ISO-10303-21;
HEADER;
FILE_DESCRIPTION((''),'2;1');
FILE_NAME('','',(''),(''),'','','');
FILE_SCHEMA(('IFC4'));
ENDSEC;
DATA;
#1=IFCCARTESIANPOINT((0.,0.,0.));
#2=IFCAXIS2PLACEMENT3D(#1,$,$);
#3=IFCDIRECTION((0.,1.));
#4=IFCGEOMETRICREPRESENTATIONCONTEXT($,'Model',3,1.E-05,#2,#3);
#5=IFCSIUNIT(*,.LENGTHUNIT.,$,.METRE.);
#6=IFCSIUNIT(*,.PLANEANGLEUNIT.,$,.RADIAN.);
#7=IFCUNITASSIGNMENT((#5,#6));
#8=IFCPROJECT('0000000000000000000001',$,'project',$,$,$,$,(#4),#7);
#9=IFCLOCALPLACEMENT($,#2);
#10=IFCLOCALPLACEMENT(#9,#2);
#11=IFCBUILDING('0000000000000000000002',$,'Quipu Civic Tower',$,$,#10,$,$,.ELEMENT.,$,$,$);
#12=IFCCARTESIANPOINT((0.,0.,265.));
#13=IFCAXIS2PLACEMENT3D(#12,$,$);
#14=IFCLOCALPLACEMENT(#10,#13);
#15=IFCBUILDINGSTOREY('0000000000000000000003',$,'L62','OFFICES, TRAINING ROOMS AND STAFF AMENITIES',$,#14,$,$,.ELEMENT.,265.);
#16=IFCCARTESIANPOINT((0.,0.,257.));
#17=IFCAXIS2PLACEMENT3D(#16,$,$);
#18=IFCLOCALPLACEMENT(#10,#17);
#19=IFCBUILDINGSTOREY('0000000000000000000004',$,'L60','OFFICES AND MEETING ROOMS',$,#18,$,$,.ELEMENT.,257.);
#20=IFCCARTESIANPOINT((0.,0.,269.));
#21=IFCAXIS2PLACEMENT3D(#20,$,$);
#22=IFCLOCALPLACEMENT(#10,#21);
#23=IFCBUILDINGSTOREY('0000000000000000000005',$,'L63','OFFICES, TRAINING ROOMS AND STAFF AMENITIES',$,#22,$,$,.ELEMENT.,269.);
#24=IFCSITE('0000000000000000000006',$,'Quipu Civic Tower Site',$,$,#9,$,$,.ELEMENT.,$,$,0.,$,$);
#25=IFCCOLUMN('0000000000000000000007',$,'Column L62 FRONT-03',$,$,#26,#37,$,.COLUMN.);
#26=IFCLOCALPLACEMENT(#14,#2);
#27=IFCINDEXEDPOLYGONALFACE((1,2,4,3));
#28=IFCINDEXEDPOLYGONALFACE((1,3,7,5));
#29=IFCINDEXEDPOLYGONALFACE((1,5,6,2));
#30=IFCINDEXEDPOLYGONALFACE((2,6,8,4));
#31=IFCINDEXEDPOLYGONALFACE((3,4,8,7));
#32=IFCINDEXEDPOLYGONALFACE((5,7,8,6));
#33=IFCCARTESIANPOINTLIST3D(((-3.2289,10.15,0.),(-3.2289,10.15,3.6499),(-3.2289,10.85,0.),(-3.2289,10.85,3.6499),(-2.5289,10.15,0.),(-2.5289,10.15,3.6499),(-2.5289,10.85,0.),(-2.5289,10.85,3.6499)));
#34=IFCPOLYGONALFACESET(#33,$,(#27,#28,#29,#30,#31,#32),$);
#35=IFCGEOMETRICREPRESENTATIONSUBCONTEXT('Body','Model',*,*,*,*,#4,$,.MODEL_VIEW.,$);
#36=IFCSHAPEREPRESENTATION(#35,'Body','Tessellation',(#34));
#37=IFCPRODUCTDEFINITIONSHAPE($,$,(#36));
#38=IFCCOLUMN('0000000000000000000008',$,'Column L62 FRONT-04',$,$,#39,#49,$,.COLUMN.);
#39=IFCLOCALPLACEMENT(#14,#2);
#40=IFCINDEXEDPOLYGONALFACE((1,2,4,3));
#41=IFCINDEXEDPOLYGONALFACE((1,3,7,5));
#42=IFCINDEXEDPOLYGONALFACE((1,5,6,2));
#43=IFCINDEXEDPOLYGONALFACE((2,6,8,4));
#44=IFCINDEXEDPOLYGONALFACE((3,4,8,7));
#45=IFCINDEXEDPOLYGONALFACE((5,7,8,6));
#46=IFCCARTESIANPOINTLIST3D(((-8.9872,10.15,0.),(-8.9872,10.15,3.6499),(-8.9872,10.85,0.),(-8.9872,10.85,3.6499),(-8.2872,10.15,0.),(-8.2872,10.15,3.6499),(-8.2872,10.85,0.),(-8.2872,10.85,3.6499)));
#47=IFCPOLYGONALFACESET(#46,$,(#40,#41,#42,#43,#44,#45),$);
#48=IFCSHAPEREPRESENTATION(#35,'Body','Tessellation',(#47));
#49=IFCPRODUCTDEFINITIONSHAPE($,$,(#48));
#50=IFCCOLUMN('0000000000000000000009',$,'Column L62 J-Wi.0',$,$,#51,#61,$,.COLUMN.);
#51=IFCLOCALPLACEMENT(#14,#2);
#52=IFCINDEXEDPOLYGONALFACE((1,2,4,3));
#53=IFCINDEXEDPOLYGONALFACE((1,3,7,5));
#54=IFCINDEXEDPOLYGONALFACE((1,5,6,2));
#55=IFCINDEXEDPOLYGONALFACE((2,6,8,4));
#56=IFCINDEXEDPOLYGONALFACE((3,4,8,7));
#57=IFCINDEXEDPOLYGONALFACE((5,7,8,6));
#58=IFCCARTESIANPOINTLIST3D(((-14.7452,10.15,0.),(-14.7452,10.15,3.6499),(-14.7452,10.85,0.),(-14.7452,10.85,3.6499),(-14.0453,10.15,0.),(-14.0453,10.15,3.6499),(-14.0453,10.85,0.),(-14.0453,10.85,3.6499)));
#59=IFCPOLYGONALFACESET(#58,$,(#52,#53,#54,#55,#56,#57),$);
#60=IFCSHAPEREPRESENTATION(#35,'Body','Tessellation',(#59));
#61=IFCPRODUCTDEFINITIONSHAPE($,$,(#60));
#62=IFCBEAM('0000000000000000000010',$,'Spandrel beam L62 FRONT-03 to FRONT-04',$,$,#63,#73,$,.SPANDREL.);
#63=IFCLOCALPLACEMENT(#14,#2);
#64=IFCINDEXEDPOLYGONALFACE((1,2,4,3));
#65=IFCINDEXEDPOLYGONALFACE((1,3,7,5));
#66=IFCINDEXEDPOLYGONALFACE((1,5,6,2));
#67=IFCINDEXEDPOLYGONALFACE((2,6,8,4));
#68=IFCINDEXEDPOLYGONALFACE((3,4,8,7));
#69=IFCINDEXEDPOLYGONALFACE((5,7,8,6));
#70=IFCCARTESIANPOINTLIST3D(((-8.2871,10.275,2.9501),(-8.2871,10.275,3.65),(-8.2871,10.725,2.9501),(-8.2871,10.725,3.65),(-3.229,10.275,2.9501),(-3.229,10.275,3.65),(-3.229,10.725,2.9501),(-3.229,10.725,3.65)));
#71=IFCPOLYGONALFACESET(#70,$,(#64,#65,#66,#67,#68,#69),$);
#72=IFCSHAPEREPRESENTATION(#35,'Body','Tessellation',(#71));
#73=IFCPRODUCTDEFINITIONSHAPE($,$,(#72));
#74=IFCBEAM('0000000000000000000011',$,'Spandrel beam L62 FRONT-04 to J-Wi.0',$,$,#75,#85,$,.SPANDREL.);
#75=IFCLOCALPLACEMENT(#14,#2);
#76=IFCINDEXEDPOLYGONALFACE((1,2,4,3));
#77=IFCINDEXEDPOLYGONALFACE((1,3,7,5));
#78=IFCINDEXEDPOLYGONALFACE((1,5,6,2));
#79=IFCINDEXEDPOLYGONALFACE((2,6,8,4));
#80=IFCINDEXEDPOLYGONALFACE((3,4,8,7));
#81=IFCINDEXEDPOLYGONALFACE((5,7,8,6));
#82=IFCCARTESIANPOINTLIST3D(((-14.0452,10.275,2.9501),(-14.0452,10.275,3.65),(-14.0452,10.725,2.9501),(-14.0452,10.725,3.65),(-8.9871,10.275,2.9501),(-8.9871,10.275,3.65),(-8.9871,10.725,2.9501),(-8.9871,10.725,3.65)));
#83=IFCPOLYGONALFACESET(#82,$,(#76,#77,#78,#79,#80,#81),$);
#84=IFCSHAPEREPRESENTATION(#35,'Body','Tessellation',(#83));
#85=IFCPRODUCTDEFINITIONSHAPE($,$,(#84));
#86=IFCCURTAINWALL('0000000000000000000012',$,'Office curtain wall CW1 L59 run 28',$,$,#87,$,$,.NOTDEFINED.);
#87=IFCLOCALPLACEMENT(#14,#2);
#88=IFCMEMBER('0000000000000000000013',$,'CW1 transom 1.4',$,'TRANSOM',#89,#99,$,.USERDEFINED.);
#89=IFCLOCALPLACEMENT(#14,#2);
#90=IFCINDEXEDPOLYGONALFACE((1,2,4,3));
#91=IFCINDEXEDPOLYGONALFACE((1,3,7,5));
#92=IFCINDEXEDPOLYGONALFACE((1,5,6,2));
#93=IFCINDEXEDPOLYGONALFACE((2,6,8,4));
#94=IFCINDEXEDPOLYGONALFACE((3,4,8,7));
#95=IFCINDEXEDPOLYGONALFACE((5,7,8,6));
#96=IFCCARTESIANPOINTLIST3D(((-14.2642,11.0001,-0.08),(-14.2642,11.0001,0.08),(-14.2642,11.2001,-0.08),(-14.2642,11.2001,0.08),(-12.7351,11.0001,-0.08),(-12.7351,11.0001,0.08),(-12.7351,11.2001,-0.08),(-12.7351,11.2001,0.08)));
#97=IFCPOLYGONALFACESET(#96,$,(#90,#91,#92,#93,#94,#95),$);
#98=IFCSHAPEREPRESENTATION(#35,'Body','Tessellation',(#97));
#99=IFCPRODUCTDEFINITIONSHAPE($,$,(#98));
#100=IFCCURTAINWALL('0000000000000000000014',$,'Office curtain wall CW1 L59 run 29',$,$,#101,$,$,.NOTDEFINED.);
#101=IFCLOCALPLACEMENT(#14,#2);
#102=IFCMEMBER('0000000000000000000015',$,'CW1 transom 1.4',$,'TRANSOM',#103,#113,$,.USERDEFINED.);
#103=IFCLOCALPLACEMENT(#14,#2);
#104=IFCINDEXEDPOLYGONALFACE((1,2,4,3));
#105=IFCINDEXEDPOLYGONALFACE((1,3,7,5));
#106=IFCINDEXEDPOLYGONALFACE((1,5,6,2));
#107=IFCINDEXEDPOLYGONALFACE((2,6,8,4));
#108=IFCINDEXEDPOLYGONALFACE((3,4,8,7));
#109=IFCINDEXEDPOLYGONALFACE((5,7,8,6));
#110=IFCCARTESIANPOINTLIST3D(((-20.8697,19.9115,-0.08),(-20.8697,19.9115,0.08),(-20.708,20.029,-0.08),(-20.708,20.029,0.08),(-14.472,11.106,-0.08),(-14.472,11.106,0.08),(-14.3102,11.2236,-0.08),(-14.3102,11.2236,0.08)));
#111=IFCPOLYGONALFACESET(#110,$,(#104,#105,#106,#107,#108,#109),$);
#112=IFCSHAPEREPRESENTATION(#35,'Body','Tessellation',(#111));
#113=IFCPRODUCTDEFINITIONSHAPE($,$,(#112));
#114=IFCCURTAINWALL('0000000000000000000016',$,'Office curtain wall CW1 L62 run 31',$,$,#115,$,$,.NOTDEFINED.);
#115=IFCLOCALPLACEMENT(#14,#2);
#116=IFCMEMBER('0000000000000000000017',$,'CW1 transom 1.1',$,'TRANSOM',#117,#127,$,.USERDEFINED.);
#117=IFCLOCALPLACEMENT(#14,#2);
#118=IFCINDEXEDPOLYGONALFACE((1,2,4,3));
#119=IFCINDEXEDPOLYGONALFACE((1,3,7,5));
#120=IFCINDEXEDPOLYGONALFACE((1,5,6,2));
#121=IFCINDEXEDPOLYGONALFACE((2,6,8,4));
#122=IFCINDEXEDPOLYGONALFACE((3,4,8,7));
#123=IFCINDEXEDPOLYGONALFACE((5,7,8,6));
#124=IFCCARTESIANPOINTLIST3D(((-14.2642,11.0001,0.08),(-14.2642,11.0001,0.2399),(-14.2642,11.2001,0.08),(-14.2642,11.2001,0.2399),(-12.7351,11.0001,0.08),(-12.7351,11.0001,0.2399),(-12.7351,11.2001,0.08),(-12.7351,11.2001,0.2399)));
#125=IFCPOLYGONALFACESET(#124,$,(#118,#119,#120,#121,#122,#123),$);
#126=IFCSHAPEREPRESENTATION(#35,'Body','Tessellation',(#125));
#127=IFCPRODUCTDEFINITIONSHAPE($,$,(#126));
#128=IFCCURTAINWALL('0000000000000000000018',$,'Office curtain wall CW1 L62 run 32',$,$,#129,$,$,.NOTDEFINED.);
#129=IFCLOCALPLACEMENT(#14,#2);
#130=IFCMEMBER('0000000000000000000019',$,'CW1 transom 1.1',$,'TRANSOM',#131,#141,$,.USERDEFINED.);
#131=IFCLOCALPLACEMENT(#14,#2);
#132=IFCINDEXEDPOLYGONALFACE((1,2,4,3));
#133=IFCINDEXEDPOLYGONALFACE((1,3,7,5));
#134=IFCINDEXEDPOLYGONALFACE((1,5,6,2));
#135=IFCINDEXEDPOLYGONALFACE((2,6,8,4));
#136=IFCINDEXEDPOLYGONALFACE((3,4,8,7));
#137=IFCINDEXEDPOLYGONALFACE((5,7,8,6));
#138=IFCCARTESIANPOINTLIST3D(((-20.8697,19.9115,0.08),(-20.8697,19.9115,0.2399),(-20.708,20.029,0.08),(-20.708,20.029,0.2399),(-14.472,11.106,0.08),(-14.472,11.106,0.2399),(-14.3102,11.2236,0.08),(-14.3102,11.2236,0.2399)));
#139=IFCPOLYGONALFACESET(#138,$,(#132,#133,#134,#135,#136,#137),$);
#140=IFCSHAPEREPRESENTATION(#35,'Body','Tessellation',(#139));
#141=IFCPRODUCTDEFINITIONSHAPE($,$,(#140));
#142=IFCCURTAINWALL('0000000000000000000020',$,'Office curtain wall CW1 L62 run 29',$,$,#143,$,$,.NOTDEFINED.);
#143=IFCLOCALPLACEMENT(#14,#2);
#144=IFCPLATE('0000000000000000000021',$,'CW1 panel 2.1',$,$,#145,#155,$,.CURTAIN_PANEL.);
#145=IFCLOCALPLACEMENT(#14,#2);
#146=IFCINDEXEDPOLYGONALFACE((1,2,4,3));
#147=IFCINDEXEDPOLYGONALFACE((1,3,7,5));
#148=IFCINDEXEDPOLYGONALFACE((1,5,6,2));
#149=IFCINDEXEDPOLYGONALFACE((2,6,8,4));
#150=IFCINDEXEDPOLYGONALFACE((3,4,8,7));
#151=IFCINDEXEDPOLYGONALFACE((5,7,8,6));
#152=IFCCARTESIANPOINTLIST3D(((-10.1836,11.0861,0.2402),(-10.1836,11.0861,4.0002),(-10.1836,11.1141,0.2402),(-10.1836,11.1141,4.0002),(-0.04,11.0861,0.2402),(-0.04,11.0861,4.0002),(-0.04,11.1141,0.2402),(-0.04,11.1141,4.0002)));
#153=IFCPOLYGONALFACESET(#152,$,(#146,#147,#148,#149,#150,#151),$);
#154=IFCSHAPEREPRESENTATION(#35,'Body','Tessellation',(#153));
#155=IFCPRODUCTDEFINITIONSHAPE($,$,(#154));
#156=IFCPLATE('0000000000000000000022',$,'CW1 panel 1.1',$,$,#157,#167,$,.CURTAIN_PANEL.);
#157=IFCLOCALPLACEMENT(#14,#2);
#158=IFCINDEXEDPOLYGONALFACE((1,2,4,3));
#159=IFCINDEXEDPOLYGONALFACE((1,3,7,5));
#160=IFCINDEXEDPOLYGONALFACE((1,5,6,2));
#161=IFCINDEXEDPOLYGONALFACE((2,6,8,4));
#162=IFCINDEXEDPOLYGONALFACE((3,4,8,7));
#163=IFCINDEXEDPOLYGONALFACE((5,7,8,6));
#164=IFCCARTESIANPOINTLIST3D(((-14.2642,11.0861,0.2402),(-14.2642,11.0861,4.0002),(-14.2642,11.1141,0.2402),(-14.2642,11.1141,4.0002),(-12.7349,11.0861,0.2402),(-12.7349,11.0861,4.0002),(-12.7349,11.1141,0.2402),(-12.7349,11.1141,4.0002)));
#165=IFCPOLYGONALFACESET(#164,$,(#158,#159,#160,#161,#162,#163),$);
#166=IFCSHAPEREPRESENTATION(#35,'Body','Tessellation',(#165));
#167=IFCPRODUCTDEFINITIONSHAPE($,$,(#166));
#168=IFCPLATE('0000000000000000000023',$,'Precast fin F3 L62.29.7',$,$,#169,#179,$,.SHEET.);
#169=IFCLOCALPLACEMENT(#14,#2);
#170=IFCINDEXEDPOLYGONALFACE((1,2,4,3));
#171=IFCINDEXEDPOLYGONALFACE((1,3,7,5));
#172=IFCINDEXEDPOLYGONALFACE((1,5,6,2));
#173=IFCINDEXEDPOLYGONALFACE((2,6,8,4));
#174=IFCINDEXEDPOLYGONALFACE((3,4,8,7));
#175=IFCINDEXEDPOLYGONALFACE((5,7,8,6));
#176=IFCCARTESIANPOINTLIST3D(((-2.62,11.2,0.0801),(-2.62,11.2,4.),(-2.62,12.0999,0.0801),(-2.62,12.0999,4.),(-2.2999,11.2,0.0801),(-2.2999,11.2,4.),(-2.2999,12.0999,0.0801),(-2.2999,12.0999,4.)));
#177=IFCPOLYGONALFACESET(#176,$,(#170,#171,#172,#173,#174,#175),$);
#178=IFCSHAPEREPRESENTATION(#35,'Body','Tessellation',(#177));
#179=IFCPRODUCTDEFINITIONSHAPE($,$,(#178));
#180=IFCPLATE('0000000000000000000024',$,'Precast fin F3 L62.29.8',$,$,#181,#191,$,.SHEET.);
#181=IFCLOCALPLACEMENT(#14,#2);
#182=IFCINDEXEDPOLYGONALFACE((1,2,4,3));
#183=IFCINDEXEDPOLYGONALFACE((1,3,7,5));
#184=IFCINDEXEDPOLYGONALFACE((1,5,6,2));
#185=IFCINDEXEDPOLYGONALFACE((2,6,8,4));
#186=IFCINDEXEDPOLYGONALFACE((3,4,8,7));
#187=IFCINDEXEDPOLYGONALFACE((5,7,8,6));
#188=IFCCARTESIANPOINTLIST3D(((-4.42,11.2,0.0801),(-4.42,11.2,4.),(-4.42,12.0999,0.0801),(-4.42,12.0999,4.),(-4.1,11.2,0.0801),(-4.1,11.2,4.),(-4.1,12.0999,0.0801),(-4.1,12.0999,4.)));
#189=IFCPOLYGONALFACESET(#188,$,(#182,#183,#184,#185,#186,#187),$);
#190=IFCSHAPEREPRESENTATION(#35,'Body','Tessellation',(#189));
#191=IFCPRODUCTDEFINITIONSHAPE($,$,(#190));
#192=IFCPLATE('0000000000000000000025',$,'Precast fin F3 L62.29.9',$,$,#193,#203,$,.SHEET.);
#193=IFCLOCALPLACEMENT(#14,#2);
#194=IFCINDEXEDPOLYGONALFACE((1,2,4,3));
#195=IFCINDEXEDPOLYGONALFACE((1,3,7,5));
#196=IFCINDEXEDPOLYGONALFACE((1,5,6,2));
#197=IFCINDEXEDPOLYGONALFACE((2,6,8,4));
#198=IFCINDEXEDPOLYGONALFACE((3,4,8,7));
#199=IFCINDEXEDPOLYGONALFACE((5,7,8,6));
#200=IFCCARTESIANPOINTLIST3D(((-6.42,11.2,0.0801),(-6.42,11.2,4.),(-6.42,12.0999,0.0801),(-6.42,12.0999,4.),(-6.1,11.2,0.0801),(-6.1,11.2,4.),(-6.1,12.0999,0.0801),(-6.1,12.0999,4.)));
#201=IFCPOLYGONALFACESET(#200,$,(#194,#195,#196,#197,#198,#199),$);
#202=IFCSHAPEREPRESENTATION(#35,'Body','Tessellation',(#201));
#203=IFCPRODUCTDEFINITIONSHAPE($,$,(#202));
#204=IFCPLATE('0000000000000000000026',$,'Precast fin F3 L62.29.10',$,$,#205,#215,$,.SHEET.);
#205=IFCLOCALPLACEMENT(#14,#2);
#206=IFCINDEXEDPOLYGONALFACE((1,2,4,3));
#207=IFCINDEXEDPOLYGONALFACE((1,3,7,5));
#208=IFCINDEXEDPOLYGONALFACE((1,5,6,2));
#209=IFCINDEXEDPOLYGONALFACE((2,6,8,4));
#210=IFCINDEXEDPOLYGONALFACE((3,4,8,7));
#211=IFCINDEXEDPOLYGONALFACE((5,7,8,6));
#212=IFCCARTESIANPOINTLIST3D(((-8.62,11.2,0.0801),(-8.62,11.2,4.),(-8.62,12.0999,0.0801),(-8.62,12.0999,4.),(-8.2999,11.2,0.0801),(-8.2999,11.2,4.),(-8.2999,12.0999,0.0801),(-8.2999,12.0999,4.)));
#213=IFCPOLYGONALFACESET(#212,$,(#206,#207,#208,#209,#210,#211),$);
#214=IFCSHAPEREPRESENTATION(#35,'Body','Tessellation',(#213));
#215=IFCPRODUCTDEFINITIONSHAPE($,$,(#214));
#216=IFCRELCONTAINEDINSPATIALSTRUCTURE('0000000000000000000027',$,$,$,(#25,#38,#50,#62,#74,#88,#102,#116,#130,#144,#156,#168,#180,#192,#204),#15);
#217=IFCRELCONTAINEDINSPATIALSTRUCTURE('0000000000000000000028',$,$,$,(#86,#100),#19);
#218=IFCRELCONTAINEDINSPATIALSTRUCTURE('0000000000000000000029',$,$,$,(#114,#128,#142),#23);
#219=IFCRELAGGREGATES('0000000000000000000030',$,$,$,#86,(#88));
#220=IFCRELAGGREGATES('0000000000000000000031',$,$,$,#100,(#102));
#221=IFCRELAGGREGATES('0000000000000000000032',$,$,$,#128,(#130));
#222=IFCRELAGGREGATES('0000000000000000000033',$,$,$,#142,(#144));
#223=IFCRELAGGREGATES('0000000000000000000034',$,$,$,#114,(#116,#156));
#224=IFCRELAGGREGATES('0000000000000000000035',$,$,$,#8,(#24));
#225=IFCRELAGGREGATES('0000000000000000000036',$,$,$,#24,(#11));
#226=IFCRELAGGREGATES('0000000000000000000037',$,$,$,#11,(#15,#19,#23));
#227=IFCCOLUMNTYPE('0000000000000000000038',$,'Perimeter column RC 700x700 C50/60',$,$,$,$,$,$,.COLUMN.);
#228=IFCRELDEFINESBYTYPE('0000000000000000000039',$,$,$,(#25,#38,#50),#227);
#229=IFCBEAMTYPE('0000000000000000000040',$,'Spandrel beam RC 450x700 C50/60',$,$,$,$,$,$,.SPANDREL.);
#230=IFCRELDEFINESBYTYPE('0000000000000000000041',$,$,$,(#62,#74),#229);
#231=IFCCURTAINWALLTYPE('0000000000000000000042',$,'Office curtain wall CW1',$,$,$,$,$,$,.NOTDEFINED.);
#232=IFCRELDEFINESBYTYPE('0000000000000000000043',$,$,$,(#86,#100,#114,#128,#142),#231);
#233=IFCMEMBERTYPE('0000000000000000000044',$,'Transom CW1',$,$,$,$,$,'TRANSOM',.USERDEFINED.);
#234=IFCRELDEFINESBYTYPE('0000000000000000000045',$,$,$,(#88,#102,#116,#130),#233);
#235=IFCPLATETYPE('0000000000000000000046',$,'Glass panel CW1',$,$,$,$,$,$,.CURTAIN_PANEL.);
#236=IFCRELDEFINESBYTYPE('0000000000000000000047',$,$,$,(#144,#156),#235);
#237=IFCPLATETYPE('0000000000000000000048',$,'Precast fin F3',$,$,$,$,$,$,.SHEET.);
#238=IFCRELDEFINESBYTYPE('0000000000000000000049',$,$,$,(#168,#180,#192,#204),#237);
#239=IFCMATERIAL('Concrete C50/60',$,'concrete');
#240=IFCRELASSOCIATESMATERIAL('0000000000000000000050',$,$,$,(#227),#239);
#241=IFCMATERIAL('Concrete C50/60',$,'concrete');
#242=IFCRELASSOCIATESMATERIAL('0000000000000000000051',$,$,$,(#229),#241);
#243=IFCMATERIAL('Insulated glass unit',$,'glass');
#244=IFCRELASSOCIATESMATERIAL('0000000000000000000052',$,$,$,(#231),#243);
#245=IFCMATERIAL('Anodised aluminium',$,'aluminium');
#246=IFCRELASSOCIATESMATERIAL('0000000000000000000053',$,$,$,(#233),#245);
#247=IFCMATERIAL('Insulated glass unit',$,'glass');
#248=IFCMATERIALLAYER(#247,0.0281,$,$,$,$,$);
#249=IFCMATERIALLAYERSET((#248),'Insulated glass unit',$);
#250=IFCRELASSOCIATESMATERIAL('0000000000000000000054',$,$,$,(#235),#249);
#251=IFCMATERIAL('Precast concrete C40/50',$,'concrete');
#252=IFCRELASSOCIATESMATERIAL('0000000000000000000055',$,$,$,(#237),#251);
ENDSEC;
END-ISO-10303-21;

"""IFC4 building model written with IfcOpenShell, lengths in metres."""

from ifc_helpers import new_model, si_unit, direction, frame, origin, origin_2d, place, context, subcontext, project, spatial, rectangle, extrude, material, layer, layer_set, material_profile, profile_set, type_object, element, aggregate, save


model = new_model("IFC4")

# Units and contexts
model_context = context("Model", 3, precision=1e-05, world=origin(), true_north=direction((0.0, 1.0)))
body_context = subcontext(model_context, "Body", "Model", "MODEL_VIEW")
ifc_project = project(units=[si_unit("LENGTHUNIT", "METRE"), si_unit("PLANEANGLEUNIT", "RADIAN")], contexts=[model_context])

# Site, building, storey
site_placement = place(None, origin())
site = spatial("IfcSite", under=ifc_project, at=site_placement, Name="Quipu Civic Tower Site", CompositionType="ELEMENT", RefElevation=0.0)
building_placement = place(site_placement, origin())
building = spatial("IfcBuilding", under=site, at=building_placement, Name="Quipu Civic Tower", CompositionType="ELEMENT")
storey_1_placement = place(building_placement, frame((0.0, 0.0, 265.0)))
storey_1 = spatial("IfcBuildingStorey", under=building, at=storey_1_placement, Name="L62", Description="OFFICES, TRAINING ROOMS AND STAFF AMENITIES", CompositionType="ELEMENT", Elevation=265.0)

# Columns
ifc_material_1 = material(Name="Concrete C50/60", Category="concrete")
ifc_material_profile_1 = material_profile(ifc_material_1, rectangle(XDim=0.7, YDim=0.7, at=origin_2d()), Name="RC700x700")
ifc_profile_set_1 = profile_set([ifc_material_profile_1], Name="Concrete C50/60")
column_type = type_object("IfcColumnType", Name="Perimeter column RC 700x700 C50/60", PredefinedType="COLUMN", material=ifc_profile_set_1)
for number, where, z_axis, x_axis, name in (
    (1, (-2.8789, 10.5, 0.0), (0.0, 0.0, 1.0), (-1.0, 0.0, 0.0), "Column L62 FRONT-03"),
    (2, (-8.6372, 10.5, 0.0), (0.0, 0.0, 1.0), (-1.0, 0.0, 0.0), "Column L62 FRONT-04"),
    (3, (-14.3953, 10.5, 0.0), (0.0, 0.0, 1.0), (-1.0, 0.0, 0.0), "Column L62 J-Wi.0"),
):
    element("IfcColumn", number, at=place(storey_1_placement, frame(where, z_axis=z_axis, x_axis=x_axis)), inside=storey_1, type_object=column_type, Name=name, PredefinedType="COLUMN", context=body_context, shape_type="SweptSolid", body=[
        extrude(rectangle(XDim=0.7, YDim=0.7, at=origin_2d()), origin(), (0.0, 0.0, 1.0), 3.6499),
    ])

# Beams
ifc_material_2 = material(Name="Concrete C50/60", Category="concrete")
ifc_material_profile_2 = material_profile(ifc_material_2, rectangle(XDim=0.45, YDim=0.7, at=origin_2d()), Name="RC450x700")
ifc_profile_set_2 = profile_set([ifc_material_profile_2], Name="Concrete C50/60")
beam_type = type_object("IfcBeamType", Name="Spandrel beam RC 450x700 C50/60", PredefinedType="SPANDREL", material=ifc_profile_set_2)
for number, where, z_axis, x_axis, name in (
    (4, (-3.229, 10.5, 3.3), (-1.0, 0.0, 0.0), (0.0, -1.0, 0.0), "Spandrel beam L62 FRONT-03 to FRONT-04"),
    (5, (-8.9871, 10.5, 3.3), (-1.0, 0.0, 0.0), (0.0, -1.0, 0.0), "Spandrel beam L62 FRONT-04 to J-Wi.0"),
):
    element("IfcBeam", number, at=place(storey_1_placement, frame(where, z_axis=z_axis, x_axis=x_axis)), inside=storey_1, type_object=beam_type, Name=name, PredefinedType="SPANDREL", context=body_context, shape_type="SweptSolid", body=[
        extrude(rectangle(XDim=0.45, YDim=0.7, at=origin_2d()), origin(), (0.0, 0.0, 1.0), 5.0581),
    ])

# Shared definitions
storey_2_placement = place(building_placement, frame((0.0, 0.0, 257.0)))
storey_2 = spatial("IfcBuildingStorey", under=building, at=storey_2_placement, Name="L60", Description="OFFICES AND MEETING ROOMS", CompositionType="ELEMENT", Elevation=257.0)

# Curtain walls, members
ifc_material_3 = material(Name="Insulated glass unit", Category="glass")
curtain_wall_type = type_object("IfcCurtainWallType", Name="Office curtain wall CW1", PredefinedType="NOTDEFINED", material=ifc_material_3)
curtain_wall_1_placement = place(storey_2_placement, origin())
curtain_wall_1 = element("IfcCurtainWall", 6, at=curtain_wall_1_placement, inside=storey_2, type_object=curtain_wall_type, Name="Office curtain wall CW1 L59 run 28", PredefinedType="NOTDEFINED")
ifc_material_4 = material(Name="Anodised aluminium", Category="aluminium")
ifc_material_profile_3 = material_profile(ifc_material_4, rectangle(XDim=0.2, YDim=0.1599, at=origin_2d()), Name="RECT 200x160")
ifc_profile_set_3 = profile_set([ifc_material_profile_3], Name="Anodised aluminium")
member_type = type_object("IfcMemberType", Name="Transom CW1", ElementType="TRANSOM", PredefinedType="USERDEFINED", material=ifc_profile_set_3)
member_1_placement = place(storey_1_placement, frame((-12.7351, 11.1001, 0.0), z_axis=(-1.0, 0.0, 0.0), x_axis=(0.0, -1.0, 0.0)))
member_1 = element("IfcMember", 7, at=member_1_placement, inside=storey_1, type_object=member_type, Name="CW1 transom 1.4", ObjectType="TRANSOM", PredefinedType="USERDEFINED", context=body_context, shape_type="SweptSolid", body=[
    extrude(rectangle(XDim=0.2, YDim=0.1599, at=origin_2d()), origin(), (0.0, 0.0, 1.0), 1.5291),
])
aggregate(curtain_wall_1, [member_1])
curtain_wall_2_placement = place(storey_2_placement, origin())
curtain_wall_2 = element("IfcCurtainWall", 8, at=curtain_wall_2_placement, inside=storey_2, type_object=curtain_wall_type, Name="Office curtain wall CW1 L59 run 29", PredefinedType="NOTDEFINED")
member_2_placement = place(storey_1_placement, frame((-14.3911, 11.1648, 0.0), z_axis=(-0.587797, 0.809009, 0.0), x_axis=(-0.809009, -0.587797, 0.0)))
member_2 = element("IfcMember", 9, at=member_2_placement, inside=storey_1, type_object=member_type, Name="CW1 transom 1.4", ObjectType="TRANSOM", PredefinedType="USERDEFINED", context=body_context, shape_type="SweptSolid", body=[
    extrude(rectangle(XDim=0.2, YDim=0.1599, at=origin_2d()), origin(), (0.0, 0.0, 1.0), 10.8843),
])
aggregate(curtain_wall_2, [member_2])

# Shared definitions
storey_3_placement = place(building_placement, frame((0.0, 0.0, 269.0)))
storey_3 = spatial("IfcBuildingStorey", under=building, at=storey_3_placement, Name="L63", Description="OFFICES, TRAINING ROOMS AND STAFF AMENITIES", CompositionType="ELEMENT", Elevation=269.0)

# Curtain walls, members
curtain_wall_3_placement = place(storey_3_placement, origin())
curtain_wall_3 = element("IfcCurtainWall", 10, at=curtain_wall_3_placement, inside=storey_3, type_object=curtain_wall_type, Name="Office curtain wall CW1 L62 run 31", PredefinedType="NOTDEFINED")
member_3_placement = place(storey_1_placement, frame((-12.7351, 11.1001, 0.1599), z_axis=(-1.0, 0.0, 0.0), x_axis=(0.0, -1.0, 0.0)))
member_3 = element("IfcMember", 11, at=member_3_placement, inside=storey_1, type_object=member_type, Name="CW1 transom 1.1", ObjectType="TRANSOM", PredefinedType="USERDEFINED", context=body_context, shape_type="SweptSolid", body=[
    extrude(rectangle(XDim=0.2, YDim=0.1599, at=origin_2d()), origin(), (0.0, 0.0, 1.0), 1.5291),
])
curtain_wall_4_placement = place(storey_3_placement, origin())
curtain_wall_4 = element("IfcCurtainWall", 12, at=curtain_wall_4_placement, inside=storey_3, type_object=curtain_wall_type, Name="Office curtain wall CW1 L62 run 32", PredefinedType="NOTDEFINED")
member_4_placement = place(storey_1_placement, frame((-14.3911, 11.1648, 0.1599), z_axis=(-0.587797, 0.809009, 0.0), x_axis=(-0.809009, -0.587797, 0.0)))
member_4 = element("IfcMember", 13, at=member_4_placement, inside=storey_1, type_object=member_type, Name="CW1 transom 1.1", ObjectType="TRANSOM", PredefinedType="USERDEFINED", context=body_context, shape_type="SweptSolid", body=[
    extrude(rectangle(XDim=0.2, YDim=0.1599, at=origin_2d()), origin(), (0.0, 0.0, 1.0), 10.8843),
])
aggregate(curtain_wall_4, [member_4])

# Curtain wall, plate
curtain_wall_5_placement = place(storey_3_placement, origin())
curtain_wall_5 = element("IfcCurtainWall", 14, at=curtain_wall_5_placement, inside=storey_3, type_object=curtain_wall_type, Name="Office curtain wall CW1 L62 run 29", PredefinedType="NOTDEFINED")
ifc_material_5 = material(Name="Insulated glass unit", Category="glass")
ifc_layer_1 = layer(ifc_material_5, 0.0281)
ifc_layer_set_1 = layer_set([ifc_layer_1], Name="Insulated glass unit")
plate_type_1 = type_object("IfcPlateType", Name="Glass panel CW1", PredefinedType="CURTAIN_PANEL", material=ifc_layer_set_1)
plate_1_placement = place(storey_1_placement, frame((-5.1118, 11.1001, 0.2402), z_axis=(0.0, 0.0, 1.0), x_axis=(-1.0, 0.0, 0.0)))
plate_1 = element("IfcPlate", 15, at=plate_1_placement, inside=storey_1, type_object=plate_type_1, Name="CW1 panel 2.1", PredefinedType="CURTAIN_PANEL", context=body_context, shape_type="SweptSolid", body=[
    extrude(rectangle(XDim=10.1436, YDim=0.0281, at=origin_2d()), origin(), (0.0, 0.0, 1.0), 3.76),
])
aggregate(curtain_wall_5, [plate_1])

# Plate
plate_2_placement = place(storey_1_placement, frame((-13.4995, 11.1001, 0.2402), z_axis=(0.0, 0.0, 1.0), x_axis=(-1.0, 0.0, 0.0)))
plate_2 = element("IfcPlate", 16, at=plate_2_placement, inside=storey_1, type_object=plate_type_1, Name="CW1 panel 1.1", PredefinedType="CURTAIN_PANEL", context=body_context, shape_type="SweptSolid", body=[
    extrude(rectangle(XDim=1.5293, YDim=0.0281, at=origin_2d()), origin(), (0.0, 0.0, 1.0), 3.76),
])
aggregate(curtain_wall_3, [member_3, plate_2])

# Plates
ifc_material_6 = material(Name="Precast concrete C40/50", Category="concrete")
plate_type_2 = type_object("IfcPlateType", Name="Precast fin F3", PredefinedType="SHEET", material=ifc_material_6)
for number, where, z_axis, x_axis, name in (
    (17, (-2.46, 11.6499, 0.0801), (0.0, 0.0, 1.0), (-1.0, 0.0, 0.0), "Precast fin F3 L62.29.7"),
    (18, (-4.26, 11.6499, 0.0801), (0.0, 0.0, 1.0), (-1.0, 0.0, 0.0), "Precast fin F3 L62.29.8"),
    (19, (-6.26, 11.6499, 0.0801), (0.0, 0.0, 1.0), (-1.0, 0.0, 0.0), "Precast fin F3 L62.29.9"),
    (20, (-8.46, 11.6499, 0.0801), (0.0, 0.0, 1.0), (-1.0, 0.0, 0.0), "Precast fin F3 L62.29.10"),
):
    element("IfcPlate", number, at=place(storey_1_placement, frame(where, z_axis=z_axis, x_axis=x_axis)), inside=storey_1, type_object=plate_type_2, Name=name, PredefinedType="SHEET", context=body_context, shape_type="SweptSolid", body=[
        extrude(rectangle(XDim=0.3201, YDim=0.8999, at=origin_2d()), origin(), (0.0, 0.0, 1.0), 3.9199),
    ])

save(model, "model.ifc")
